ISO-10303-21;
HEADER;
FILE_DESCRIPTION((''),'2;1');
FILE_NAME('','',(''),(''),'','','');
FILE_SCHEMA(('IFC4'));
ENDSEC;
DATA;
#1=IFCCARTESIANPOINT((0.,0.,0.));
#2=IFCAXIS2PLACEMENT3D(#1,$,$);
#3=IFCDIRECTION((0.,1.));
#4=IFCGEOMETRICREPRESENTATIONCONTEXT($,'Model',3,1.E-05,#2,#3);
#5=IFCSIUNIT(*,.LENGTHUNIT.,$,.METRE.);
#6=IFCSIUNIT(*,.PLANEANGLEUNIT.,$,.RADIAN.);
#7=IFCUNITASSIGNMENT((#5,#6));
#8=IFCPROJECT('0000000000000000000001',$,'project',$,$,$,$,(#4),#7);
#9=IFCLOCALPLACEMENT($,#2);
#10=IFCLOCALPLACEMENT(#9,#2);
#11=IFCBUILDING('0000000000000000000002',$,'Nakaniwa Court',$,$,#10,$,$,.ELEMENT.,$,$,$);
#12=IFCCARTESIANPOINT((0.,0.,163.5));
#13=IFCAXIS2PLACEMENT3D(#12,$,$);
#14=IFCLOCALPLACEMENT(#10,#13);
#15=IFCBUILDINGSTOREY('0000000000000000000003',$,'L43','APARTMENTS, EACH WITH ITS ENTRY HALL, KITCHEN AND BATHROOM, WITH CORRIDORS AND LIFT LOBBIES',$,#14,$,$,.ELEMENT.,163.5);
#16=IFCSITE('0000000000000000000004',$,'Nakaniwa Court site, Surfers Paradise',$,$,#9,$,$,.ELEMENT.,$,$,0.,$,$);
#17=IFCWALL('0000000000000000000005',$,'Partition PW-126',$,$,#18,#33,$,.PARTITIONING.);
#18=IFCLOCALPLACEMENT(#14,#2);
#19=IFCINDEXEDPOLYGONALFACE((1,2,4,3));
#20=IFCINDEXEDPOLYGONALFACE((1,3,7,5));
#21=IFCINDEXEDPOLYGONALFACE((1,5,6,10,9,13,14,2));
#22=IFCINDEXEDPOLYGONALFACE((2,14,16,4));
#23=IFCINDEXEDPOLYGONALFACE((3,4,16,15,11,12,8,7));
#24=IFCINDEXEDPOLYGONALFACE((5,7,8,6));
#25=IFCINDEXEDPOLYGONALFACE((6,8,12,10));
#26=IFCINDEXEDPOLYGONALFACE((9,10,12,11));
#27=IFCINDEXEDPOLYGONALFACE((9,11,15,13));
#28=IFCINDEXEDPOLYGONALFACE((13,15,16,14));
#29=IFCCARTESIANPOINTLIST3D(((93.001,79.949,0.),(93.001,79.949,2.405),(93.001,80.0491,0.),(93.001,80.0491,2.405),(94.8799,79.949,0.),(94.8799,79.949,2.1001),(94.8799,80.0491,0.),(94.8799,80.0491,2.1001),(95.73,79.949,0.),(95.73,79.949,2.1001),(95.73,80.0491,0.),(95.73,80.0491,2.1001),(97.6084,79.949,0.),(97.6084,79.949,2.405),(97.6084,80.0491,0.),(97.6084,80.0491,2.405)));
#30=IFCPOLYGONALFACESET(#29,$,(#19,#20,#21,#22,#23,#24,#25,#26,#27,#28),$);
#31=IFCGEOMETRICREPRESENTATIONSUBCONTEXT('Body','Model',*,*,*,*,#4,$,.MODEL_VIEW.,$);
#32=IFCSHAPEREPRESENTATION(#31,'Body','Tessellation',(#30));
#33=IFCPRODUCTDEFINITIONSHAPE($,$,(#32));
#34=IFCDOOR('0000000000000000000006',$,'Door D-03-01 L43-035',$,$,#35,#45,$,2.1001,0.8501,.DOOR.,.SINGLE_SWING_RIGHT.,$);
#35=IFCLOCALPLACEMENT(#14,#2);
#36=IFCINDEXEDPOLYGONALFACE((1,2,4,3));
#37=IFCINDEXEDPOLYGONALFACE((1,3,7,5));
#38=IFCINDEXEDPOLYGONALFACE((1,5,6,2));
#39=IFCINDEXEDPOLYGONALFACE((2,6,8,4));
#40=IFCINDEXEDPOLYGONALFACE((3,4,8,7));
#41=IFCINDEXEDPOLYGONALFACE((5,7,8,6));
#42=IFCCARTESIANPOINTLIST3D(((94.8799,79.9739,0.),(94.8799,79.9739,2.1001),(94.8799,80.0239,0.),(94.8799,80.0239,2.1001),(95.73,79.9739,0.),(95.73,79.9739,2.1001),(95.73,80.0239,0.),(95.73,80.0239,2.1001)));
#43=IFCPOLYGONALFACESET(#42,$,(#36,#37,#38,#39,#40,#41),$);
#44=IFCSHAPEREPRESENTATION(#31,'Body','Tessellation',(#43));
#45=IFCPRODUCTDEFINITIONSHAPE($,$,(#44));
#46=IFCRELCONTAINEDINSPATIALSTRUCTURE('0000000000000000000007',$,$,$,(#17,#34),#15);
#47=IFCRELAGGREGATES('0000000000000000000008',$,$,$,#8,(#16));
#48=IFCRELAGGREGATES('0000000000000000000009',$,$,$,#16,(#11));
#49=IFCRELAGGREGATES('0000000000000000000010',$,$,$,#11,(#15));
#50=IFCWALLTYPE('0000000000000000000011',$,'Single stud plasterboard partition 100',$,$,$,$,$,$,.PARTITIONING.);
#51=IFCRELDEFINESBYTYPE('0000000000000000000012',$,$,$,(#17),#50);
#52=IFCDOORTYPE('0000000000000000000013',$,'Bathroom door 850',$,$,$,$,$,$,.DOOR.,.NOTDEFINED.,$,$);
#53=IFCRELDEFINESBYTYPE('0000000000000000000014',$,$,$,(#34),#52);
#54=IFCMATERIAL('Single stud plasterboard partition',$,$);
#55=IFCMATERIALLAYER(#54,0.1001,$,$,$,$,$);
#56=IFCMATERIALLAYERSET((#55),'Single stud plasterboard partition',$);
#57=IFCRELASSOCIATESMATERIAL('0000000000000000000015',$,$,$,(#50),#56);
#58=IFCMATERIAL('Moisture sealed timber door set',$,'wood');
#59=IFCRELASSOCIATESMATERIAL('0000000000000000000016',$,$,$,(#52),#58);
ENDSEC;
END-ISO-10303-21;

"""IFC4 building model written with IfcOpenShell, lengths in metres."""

from ifc_helpers import new_model, si_unit, direction, frame, frame_2d, origin, place, context, subcontext, project, spatial, rectangle, extrude, material, layer, layer_set, type_object, element, fill, save


model = new_model("IFC4")

# Units and contexts
model_context = context("Model", 3, precision=1e-05, world=origin(), true_north=direction((0.0, 1.0)))
body_context = subcontext(model_context, "Body", "Model", "MODEL_VIEW")
ifc_project = project(units=[si_unit("LENGTHUNIT", "METRE"), si_unit("PLANEANGLEUNIT", "RADIAN")], contexts=[model_context])

# Site, building, storey
site_placement = place(None, origin())
site = spatial("IfcSite", under=ifc_project, at=site_placement, Name="Nakaniwa Court site, Surfers Paradise", CompositionType="ELEMENT", RefElevation=0.0)
building_placement = place(site_placement, origin())
building = spatial("IfcBuilding", under=site, at=building_placement, Name="Nakaniwa Court", CompositionType="ELEMENT")
storey_placement = place(building_placement, frame((0.0, 0.0, 163.5)))
storey = spatial("IfcBuildingStorey", under=building, at=storey_placement, Name="L43", Description="APARTMENTS, EACH WITH ITS ENTRY HALL, KITCHEN AND BATHROOM, WITH CORRIDORS AND LIFT LOBBIES", CompositionType="ELEMENT", Elevation=163.5)

# Shared definitions
ifc_material_1 = material(Name="Single stud plasterboard partition")
ifc_layer_1 = layer(ifc_material_1, 0.1001)
ifc_layer_set_1 = layer_set([ifc_layer_1], Name="Single stud plasterboard partition")
wall_type_1 = type_object("IfcWallType", Name="Single stud plasterboard partition 100", PredefinedType="PARTITIONING", material=ifc_layer_set_1)

# Wall, opening, door
wall_1_placement = place(storey_placement, frame((93.001, 79.999, 0.0), z_axis=(0.0, 0.0, 1.0), x_axis=(1.0, 0.0, 0.0)))
wall_1 = element("IfcWall", 1, at=wall_1_placement, inside=storey, type_object=wall_type_1, Name="Partition PW-126", PredefinedType="PARTITIONING", context=body_context, shape_type="SweptSolid", body=[
    extrude(rectangle(XDim=4.6074, YDim=0.1001, at=frame_2d((2.3037, 0.0))), origin(), (0.0, 0.0, 1.0), 2.405),
])
opening_1_placement = place(wall_1_placement, frame((1.8789, 0.0, 0.0)))
opening_1 = element("IfcOpeningElement", 2, at=opening_1_placement, cuts=wall_1, PredefinedType="OPENING", context=body_context, shape_type="SweptSolid", body=[
    extrude(rectangle(XDim=0.8501, YDim=2.1001, at=frame_2d((0.425, 1.05))), frame((0.0, 0.0601, 0.0), z_axis=(0.0, -1.0, 0.0), x_axis=(1.0, 0.0, 0.0)), (0.0, 0.0, 1.0), 0.1201),
])
ifc_material_2 = material(Name="Moisture sealed timber door set", Category="wood")
door_type_1 = type_object("IfcDoorType", Name="Bathroom door 850", OperationType="NOTDEFINED", PredefinedType="DOOR", material=ifc_material_2)
door_1_placement = place(opening_1_placement, origin())
door_1 = element("IfcDoor", 3, at=door_1_placement, inside=storey, type_object=door_type_1, Name="Door D-03-01 L43-035", OperationType="SINGLE_SWING_RIGHT", OverallHeight=2.1001, OverallWidth=0.8501, PredefinedType="DOOR", context=body_context, shape_type="SweptSolid", body=[
    extrude(rectangle(XDim=0.8501, YDim=2.1001, at=frame_2d((0.425, 1.05))), frame((0.0, 0.0249, 0.0), z_axis=(0.0, -1.0, 0.0), x_axis=(1.0, 0.0, 0.0)), (0.0, 0.0, 1.0), 0.05),
])
fill(opening_1, door_1)

save(model, "model.ifc")
